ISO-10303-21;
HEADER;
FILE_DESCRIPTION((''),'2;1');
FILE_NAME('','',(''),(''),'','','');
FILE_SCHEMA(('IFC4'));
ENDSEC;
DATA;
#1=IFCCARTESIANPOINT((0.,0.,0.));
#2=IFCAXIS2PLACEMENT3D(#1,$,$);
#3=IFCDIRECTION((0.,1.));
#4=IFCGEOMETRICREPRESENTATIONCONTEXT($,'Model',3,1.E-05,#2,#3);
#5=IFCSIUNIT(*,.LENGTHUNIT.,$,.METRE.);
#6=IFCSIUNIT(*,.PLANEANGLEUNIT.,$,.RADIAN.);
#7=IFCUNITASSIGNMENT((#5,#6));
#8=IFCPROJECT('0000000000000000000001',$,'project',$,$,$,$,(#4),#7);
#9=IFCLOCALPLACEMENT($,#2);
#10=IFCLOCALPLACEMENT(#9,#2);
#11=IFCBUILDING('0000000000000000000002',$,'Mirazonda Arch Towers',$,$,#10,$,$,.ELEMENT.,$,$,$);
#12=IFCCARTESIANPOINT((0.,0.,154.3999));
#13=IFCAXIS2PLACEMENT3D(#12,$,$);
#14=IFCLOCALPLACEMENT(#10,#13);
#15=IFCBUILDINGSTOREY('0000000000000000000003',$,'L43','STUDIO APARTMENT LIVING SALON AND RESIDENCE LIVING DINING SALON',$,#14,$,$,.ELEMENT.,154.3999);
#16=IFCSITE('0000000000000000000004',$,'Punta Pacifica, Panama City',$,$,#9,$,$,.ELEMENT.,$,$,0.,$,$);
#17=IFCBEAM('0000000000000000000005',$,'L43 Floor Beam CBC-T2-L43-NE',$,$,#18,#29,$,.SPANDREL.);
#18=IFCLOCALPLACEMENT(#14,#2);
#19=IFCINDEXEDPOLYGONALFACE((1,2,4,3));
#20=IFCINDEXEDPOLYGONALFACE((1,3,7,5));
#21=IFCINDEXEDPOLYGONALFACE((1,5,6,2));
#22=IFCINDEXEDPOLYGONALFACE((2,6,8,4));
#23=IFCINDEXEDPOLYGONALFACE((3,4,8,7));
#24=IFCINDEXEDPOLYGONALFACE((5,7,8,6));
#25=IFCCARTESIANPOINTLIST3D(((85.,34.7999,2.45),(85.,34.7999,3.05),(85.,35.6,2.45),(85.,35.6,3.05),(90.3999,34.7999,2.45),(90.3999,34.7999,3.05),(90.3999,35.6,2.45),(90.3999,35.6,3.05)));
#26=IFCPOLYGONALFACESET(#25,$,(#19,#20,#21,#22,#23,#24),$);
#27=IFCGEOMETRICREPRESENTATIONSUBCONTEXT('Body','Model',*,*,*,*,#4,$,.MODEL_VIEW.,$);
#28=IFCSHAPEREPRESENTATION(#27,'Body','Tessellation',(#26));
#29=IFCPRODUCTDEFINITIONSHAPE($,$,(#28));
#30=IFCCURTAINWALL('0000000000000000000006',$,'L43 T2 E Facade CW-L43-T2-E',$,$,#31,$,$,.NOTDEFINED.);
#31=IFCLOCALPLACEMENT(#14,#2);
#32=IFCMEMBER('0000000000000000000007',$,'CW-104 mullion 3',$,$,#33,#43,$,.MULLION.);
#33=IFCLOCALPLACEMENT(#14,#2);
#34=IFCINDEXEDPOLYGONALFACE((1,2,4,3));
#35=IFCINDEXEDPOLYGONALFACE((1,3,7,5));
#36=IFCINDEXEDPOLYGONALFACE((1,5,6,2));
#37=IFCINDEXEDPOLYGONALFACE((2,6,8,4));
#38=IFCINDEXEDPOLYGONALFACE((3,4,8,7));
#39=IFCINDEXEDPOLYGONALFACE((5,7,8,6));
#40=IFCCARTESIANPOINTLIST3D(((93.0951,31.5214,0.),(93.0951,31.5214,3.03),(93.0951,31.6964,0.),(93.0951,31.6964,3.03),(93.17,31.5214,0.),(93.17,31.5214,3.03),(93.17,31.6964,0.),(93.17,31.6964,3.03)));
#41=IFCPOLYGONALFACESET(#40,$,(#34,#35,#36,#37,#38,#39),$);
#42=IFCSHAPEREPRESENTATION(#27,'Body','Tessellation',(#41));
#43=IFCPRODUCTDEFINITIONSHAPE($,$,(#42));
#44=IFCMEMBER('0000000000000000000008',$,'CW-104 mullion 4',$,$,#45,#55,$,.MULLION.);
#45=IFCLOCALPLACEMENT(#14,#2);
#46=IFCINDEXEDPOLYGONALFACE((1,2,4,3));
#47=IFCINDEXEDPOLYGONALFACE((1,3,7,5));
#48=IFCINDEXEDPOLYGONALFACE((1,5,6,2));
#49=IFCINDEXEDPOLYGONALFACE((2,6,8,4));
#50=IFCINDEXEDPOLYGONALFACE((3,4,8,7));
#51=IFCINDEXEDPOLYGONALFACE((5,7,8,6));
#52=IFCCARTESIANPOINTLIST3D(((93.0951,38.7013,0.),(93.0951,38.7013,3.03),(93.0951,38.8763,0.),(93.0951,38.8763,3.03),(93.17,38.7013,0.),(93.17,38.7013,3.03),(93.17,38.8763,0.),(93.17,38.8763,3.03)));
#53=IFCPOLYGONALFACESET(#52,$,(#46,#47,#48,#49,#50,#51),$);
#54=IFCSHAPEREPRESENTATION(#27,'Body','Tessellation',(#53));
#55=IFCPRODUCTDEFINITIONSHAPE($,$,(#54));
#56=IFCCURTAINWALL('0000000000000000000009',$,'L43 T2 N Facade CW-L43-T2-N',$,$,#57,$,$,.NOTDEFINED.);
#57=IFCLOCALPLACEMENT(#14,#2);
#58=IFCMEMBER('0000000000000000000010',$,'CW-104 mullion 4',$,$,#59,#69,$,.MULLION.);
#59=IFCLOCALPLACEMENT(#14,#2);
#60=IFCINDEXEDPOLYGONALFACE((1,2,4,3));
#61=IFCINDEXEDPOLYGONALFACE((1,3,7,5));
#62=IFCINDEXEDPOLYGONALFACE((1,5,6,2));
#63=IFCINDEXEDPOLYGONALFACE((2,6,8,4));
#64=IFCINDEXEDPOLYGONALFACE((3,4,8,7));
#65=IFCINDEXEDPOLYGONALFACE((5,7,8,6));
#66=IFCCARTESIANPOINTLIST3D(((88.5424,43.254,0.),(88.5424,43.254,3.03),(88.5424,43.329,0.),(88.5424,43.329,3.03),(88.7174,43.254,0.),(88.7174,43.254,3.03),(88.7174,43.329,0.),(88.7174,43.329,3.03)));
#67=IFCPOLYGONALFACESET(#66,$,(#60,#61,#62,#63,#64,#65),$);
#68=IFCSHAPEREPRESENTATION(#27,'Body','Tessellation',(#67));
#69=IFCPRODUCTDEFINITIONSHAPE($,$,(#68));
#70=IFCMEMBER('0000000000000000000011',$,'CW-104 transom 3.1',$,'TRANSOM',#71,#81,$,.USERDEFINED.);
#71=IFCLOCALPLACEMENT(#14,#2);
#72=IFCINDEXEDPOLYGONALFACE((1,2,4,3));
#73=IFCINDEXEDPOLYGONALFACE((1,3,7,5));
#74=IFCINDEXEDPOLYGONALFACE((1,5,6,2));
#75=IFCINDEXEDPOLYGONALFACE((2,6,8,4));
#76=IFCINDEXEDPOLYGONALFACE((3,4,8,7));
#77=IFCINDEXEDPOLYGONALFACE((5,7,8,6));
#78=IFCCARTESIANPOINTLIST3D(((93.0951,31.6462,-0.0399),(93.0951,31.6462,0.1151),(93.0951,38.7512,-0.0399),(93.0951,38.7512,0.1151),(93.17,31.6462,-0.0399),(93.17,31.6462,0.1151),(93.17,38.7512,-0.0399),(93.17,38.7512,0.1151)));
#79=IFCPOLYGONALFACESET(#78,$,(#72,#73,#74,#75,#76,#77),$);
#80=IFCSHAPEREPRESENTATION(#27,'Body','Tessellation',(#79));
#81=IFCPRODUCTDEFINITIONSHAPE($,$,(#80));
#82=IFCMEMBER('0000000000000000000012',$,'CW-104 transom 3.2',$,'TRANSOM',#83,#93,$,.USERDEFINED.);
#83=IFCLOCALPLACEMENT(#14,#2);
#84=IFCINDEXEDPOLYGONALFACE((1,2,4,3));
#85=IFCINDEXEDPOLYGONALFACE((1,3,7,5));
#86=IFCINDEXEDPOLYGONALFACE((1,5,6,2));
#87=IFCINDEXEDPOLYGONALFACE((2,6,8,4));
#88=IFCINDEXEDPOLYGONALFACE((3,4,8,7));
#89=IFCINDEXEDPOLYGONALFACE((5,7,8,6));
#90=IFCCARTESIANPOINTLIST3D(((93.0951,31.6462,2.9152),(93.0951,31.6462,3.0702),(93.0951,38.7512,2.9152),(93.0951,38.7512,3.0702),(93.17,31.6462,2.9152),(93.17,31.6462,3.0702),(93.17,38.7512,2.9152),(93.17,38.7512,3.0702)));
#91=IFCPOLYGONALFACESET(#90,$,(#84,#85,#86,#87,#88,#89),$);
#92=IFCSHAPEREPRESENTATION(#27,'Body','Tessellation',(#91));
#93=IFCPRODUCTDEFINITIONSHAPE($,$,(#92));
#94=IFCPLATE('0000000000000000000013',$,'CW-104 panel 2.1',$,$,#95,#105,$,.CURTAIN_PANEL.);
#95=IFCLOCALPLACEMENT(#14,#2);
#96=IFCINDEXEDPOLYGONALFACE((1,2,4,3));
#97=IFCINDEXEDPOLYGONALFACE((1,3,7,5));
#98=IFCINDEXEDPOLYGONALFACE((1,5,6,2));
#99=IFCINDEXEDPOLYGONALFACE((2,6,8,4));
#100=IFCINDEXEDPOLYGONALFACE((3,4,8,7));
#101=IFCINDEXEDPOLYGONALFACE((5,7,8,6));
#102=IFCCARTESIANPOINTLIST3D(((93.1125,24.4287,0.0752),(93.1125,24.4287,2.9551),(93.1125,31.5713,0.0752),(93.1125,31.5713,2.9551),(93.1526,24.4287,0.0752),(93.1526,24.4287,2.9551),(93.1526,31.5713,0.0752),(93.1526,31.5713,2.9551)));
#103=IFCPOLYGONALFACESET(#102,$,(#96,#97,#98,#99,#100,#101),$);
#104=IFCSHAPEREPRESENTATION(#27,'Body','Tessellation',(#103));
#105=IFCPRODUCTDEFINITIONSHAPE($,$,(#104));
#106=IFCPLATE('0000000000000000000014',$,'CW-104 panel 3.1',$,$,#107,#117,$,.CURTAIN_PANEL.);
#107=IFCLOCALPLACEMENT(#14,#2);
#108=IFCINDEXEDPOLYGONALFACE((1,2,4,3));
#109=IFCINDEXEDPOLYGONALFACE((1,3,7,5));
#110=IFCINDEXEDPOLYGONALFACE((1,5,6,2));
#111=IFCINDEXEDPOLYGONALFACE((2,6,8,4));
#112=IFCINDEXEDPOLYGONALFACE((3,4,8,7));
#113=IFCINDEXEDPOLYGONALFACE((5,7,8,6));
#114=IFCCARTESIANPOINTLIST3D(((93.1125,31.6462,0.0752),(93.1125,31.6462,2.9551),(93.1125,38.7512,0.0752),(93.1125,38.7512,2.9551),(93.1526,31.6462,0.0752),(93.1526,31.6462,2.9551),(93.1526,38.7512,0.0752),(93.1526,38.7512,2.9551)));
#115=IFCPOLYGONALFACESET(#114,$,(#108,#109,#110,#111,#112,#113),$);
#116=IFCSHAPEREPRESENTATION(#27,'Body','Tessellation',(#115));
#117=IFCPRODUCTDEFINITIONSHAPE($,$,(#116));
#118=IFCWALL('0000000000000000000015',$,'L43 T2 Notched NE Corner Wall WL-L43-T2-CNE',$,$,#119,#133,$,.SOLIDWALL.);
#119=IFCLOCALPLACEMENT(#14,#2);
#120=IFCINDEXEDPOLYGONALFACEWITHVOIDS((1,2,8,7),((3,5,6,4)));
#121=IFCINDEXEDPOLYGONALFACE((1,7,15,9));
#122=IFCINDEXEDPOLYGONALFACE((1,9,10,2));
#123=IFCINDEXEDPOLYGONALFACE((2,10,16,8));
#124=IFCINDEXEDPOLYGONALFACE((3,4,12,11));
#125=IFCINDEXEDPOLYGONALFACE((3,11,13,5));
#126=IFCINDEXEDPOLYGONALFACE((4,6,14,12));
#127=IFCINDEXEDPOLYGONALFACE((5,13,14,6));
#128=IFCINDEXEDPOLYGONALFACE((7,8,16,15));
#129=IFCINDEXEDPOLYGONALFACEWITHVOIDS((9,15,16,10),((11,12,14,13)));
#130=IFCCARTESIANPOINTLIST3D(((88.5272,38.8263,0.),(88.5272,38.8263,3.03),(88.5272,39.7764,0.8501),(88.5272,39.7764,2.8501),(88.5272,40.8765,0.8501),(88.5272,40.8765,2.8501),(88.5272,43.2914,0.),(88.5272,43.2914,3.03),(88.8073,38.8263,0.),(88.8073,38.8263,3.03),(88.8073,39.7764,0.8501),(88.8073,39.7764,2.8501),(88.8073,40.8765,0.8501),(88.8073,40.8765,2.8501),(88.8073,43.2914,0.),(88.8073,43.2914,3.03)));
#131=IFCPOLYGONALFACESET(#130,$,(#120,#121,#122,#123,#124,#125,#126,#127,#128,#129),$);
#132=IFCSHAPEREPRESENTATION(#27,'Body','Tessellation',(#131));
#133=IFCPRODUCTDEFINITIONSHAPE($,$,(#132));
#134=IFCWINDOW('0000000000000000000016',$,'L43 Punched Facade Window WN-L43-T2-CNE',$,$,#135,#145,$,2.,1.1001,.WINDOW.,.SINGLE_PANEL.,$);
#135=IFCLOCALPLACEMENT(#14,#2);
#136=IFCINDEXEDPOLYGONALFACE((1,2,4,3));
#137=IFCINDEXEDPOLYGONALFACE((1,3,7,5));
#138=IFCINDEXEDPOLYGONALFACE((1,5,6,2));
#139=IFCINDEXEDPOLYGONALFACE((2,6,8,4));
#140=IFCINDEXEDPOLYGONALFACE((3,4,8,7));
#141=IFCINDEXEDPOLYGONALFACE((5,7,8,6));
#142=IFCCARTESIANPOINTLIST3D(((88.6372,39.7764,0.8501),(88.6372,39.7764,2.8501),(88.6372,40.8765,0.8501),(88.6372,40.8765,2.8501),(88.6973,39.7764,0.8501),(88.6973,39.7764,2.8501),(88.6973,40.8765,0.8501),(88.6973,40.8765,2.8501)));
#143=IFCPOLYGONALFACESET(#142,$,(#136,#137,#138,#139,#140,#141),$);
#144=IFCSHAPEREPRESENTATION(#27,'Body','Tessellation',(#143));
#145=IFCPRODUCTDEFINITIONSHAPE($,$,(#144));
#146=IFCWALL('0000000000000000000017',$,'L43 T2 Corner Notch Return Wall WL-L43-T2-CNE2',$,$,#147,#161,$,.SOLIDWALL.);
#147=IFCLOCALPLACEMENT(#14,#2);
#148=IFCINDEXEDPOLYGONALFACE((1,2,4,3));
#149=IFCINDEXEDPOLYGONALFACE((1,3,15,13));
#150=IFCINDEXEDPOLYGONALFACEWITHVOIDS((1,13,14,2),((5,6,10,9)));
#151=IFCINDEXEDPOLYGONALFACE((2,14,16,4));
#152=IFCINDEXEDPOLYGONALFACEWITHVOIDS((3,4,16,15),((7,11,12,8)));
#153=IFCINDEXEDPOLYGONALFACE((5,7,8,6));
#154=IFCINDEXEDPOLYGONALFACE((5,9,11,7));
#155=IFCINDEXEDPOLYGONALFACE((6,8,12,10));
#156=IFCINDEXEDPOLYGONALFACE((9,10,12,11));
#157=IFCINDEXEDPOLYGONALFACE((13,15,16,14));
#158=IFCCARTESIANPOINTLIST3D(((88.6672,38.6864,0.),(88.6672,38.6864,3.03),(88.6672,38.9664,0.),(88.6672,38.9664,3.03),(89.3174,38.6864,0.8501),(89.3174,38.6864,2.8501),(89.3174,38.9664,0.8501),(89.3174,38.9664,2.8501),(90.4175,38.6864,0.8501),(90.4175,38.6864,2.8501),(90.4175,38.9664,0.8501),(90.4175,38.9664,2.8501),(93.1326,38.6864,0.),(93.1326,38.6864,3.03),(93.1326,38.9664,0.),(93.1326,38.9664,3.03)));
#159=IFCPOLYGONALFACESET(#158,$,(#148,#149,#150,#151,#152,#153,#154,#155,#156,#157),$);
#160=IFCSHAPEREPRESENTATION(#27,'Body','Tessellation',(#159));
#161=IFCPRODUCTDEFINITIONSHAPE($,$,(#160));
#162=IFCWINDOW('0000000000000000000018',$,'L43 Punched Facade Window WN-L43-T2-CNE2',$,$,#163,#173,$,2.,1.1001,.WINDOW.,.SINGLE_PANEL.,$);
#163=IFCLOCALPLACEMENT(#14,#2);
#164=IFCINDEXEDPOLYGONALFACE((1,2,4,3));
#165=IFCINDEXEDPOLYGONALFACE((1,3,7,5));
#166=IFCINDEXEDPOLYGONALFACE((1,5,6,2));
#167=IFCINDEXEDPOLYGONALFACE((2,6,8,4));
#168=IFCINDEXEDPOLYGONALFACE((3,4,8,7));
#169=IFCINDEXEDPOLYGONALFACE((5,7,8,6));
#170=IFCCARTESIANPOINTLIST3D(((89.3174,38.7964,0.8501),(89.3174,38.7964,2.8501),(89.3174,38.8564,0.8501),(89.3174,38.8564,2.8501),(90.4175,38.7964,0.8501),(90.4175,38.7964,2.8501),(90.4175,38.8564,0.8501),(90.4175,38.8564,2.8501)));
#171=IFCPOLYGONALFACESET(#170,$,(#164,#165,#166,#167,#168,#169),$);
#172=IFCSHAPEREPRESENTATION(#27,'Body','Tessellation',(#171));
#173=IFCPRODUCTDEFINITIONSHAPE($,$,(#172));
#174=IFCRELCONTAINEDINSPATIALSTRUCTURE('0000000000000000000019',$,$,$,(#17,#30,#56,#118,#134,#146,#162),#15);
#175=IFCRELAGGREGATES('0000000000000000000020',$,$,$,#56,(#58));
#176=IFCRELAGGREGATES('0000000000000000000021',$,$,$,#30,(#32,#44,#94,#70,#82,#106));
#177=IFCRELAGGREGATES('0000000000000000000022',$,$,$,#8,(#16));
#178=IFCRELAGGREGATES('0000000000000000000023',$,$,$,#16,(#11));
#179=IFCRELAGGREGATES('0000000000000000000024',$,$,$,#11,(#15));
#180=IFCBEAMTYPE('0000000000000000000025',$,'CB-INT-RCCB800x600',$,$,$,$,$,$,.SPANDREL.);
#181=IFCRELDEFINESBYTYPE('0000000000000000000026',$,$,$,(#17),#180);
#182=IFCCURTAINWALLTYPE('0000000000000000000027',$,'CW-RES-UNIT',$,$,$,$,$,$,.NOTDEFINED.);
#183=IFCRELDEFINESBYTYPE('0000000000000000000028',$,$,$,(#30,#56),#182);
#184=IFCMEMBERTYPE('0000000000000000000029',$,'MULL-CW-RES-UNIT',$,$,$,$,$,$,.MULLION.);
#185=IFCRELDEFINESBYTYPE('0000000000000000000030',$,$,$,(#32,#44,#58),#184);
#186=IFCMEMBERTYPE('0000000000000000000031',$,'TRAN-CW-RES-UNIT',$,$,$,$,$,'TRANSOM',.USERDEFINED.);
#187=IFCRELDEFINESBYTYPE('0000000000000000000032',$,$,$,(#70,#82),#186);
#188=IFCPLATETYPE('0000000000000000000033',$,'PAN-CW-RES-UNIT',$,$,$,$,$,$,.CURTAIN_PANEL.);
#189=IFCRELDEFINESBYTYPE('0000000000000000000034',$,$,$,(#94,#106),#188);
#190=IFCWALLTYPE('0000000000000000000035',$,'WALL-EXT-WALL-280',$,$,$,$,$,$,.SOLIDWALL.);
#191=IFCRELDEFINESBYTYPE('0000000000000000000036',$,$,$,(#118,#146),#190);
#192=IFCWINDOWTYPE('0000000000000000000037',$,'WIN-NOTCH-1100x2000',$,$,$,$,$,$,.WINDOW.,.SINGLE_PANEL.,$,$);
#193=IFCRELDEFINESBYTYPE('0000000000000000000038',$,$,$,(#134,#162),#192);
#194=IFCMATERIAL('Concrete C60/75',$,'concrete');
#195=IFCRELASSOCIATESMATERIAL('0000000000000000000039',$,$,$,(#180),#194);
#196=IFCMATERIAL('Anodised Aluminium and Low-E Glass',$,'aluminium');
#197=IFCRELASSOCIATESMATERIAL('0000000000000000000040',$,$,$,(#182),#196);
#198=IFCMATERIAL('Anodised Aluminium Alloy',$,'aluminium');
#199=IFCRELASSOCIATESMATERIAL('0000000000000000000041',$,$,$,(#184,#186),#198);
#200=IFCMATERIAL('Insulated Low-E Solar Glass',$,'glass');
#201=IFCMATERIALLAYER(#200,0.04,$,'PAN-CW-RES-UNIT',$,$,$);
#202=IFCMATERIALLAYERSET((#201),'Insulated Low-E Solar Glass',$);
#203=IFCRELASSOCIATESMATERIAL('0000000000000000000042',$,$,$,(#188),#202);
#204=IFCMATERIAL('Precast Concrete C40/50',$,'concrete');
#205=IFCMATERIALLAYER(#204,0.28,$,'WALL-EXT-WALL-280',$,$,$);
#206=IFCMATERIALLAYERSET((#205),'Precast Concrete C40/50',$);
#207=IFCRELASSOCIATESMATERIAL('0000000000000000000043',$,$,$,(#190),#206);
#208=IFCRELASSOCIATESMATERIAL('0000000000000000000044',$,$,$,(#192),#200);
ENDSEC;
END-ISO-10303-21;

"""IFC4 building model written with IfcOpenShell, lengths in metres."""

from ifc_helpers import new_model, si_unit, direction, frame, frame_2d, origin, origin_2d, place, context, subcontext, project, spatial, rectangle, extrude, material, layer, layer_set, material_profile, profile_set, type_object, element, fill, aggregate, save


model = new_model("IFC4")

# Units and contexts
model_context = context("Model", 3, precision=1e-05, world=origin(), true_north=direction((0.0, 1.0)))
body_context = subcontext(model_context, "Body", "Model", "MODEL_VIEW")
ifc_project = project(units=[si_unit("LENGTHUNIT", "METRE"), si_unit("PLANEANGLEUNIT", "RADIAN")], contexts=[model_context])

# Site, building, storey
site_placement = place(None, origin())
site = spatial("IfcSite", under=ifc_project, at=site_placement, Name="Punta Pacifica, Panama City", CompositionType="ELEMENT", RefElevation=0.0)
building_placement = place(site_placement, origin())
building = spatial("IfcBuilding", under=site, at=building_placement, Name="Mirazonda Arch Towers", CompositionType="ELEMENT")
storey_placement = place(building_placement, frame((0.0, 0.0, 154.3999)))
storey = spatial("IfcBuildingStorey", under=building, at=storey_placement, Name="L43", Description="STUDIO APARTMENT LIVING SALON AND RESIDENCE LIVING DINING SALON", CompositionType="ELEMENT", Elevation=154.3999)

# Beam
ifc_material_1 = material(Name="Concrete C60/75", Category="concrete")
ifc_material_profile_1 = material_profile(ifc_material_1, rectangle(XDim=0.8, YDim=0.6001, at=origin_2d()), Name="RCCB800x600")
ifc_profile_set_1 = profile_set([ifc_material_profile_1], Name="Concrete C60/75")
beam_type_1 = type_object("IfcBeamType", Name="CB-INT-RCCB800x600", PredefinedType="SPANDREL", material=ifc_profile_set_1)
beam_1_placement = place(storey_placement, frame((85.0, 35.2, 2.75), z_axis=(1.0, 0.0, 0.0), x_axis=(0.0, 1.0, 0.0)))
element("IfcBeam", 1, at=beam_1_placement, inside=storey, type_object=beam_type_1, Name="L43 Floor Beam CBC-T2-L43-NE", PredefinedType="SPANDREL", context=body_context, shape_type="SweptSolid", body=[
    extrude(rectangle(XDim=0.8, YDim=0.6001, at=origin_2d()), origin(), (0.0, 0.0, 1.0), 5.3999),
])

# Curtain wall, members
ifc_material_2 = material(Name="Anodised Aluminium and Low-E Glass", Category="aluminium")
curtain_wall_type = type_object("IfcCurtainWallType", Name="CW-RES-UNIT", PredefinedType="NOTDEFINED", material=ifc_material_2)
curtain_wall_1_placement = place(storey_placement, origin())
curtain_wall_1 = element("IfcCurtainWall", 2, at=curtain_wall_1_placement, inside=storey, type_object=curtain_wall_type, Name="L43 T2 E Facade CW-L43-T2-E", PredefinedType="NOTDEFINED")
ifc_material_3 = material(Name="Anodised Aluminium Alloy", Category="aluminium")
ifc_material_profile_2 = material_profile(ifc_material_3, rectangle(XDim=0.075, YDim=0.175, at=origin_2d()), Name="ALU-MULL-75x175")
ifc_profile_set_2 = profile_set([ifc_material_profile_2], Name="Anodised Aluminium Alloy")
member_type_1 = type_object("IfcMemberType", Name="MULL-CW-RES-UNIT", PredefinedType="MULLION", material=ifc_profile_set_2)
member_1_placement = place(storey_placement, frame((93.1326, 31.6089, 0.0), z_axis=(0.0, 0.0, 1.0), x_axis=(-1.0, 0.0, 0.0)))
member_1 = element("IfcMember", 3, at=member_1_placement, type_object=member_type_1, Name="CW-104 mullion 3", PredefinedType="MULLION", context=body_context, shape_type="SweptSolid", body=[
    extrude(rectangle(XDim=0.075, YDim=0.175, at=origin_2d()), origin(), (0.0, 0.0, 1.0), 3.03),
])
member_2_placement = place(storey_placement, frame((93.1326, 38.7888, 0.0), z_axis=(0.0, 0.0, 1.0), x_axis=(-1.0, 0.0, 0.0)))
member_2 = element("IfcMember", 4, at=member_2_placement, type_object=member_type_1, Name="CW-104 mullion 4", PredefinedType="MULLION", context=body_context, shape_type="SweptSolid", body=[
    extrude(rectangle(XDim=0.075, YDim=0.175, at=origin_2d()), origin(), (0.0, 0.0, 1.0), 3.03),
])

# Curtain wall, member
curtain_wall_2_placement = place(storey_placement, origin())
curtain_wall_2 = element("IfcCurtainWall", 5, at=curtain_wall_2_placement, inside=storey, type_object=curtain_wall_type, Name="L43 T2 N Facade CW-L43-T2-N", PredefinedType="NOTDEFINED")
member_3_placement = place(storey_placement, frame((88.6299, 43.2915, 0.0), z_axis=(0.0, 0.0, 1.0), x_axis=(0.0, 1.0, 0.0)))
member_3 = element("IfcMember", 6, at=member_3_placement, type_object=member_type_1, Name="CW-104 mullion 4", PredefinedType="MULLION", context=body_context, shape_type="SweptSolid", body=[
    extrude(rectangle(XDim=0.075, YDim=0.175, at=origin_2d()), origin(), (0.0, 0.0, 1.0), 3.03),
])
aggregate(curtain_wall_2, [member_3])

# Members
ifc_material_profile_3 = material_profile(ifc_material_3, rectangle(XDim=0.075, YDim=0.155, at=origin_2d()), Name="ALU-TRAN-75x155")
ifc_profile_set_3 = profile_set([ifc_material_profile_3], Name="Anodised Aluminium Alloy")
member_type_2 = type_object("IfcMemberType", Name="TRAN-CW-RES-UNIT", ElementType="TRANSOM", PredefinedType="USERDEFINED", material=ifc_profile_set_3)
member_4_placement = place(storey_placement, frame((93.1326, 31.6462, 0.0376), z_axis=(0.0, 1.0, 0.0), x_axis=(-1.0, 0.0, 0.0)))
member_4 = element("IfcMember", 7, at=member_4_placement, type_object=member_type_2, Name="CW-104 transom 3.1", ObjectType="TRANSOM", PredefinedType="USERDEFINED", context=body_context, shape_type="SweptSolid", body=[
    extrude(rectangle(XDim=0.075, YDim=0.155, at=origin_2d()), origin(), (0.0, 0.0, 1.0), 7.105),
])
member_5_placement = place(storey_placement, frame((93.1326, 31.6462, 2.9927), z_axis=(0.0, 1.0, 0.0), x_axis=(-1.0, 0.0, 0.0)))
member_5 = element("IfcMember", 8, at=member_5_placement, type_object=member_type_2, Name="CW-104 transom 3.2", ObjectType="TRANSOM", PredefinedType="USERDEFINED", context=body_context, shape_type="SweptSolid", body=[
    extrude(rectangle(XDim=0.075, YDim=0.155, at=origin_2d()), origin(), (0.0, 0.0, 1.0), 7.105),
])

# Plates
ifc_material_4 = material(Name="Insulated Low-E Solar Glass", Category="glass")
ifc_layer_1 = layer(ifc_material_4, 0.04, Name="PAN-CW-RES-UNIT")
ifc_layer_set_1 = layer_set([ifc_layer_1], Name="Insulated Low-E Solar Glass")
plate_type = type_object("IfcPlateType", Name="PAN-CW-RES-UNIT", PredefinedType="CURTAIN_PANEL", material=ifc_layer_set_1)
plate_1_placement = place(storey_placement, frame((93.1326, 28.0, 0.0752), z_axis=(0.0, 0.0, 1.0), x_axis=(0.0, 1.0, 0.0)))
plate_1 = element("IfcPlate", 9, at=plate_1_placement, type_object=plate_type, Name="CW-104 panel 2.1", PredefinedType="CURTAIN_PANEL", context=body_context, shape_type="SweptSolid", body=[
    extrude(rectangle(XDim=7.1426, YDim=0.04, at=origin_2d()), origin(), (0.0, 0.0, 1.0), 2.8799),
])
plate_2_placement = place(storey_placement, frame((93.1326, 35.1987, 0.0752), z_axis=(0.0, 0.0, 1.0), x_axis=(0.0, 1.0, 0.0)))
plate_2 = element("IfcPlate", 10, at=plate_2_placement, type_object=plate_type, Name="CW-104 panel 3.1", PredefinedType="CURTAIN_PANEL", context=body_context, shape_type="SweptSolid", body=[
    extrude(rectangle(XDim=7.105, YDim=0.04, at=origin_2d()), origin(), (0.0, 0.0, 1.0), 2.8799),
])
aggregate(curtain_wall_1, [member_1, member_2, plate_1, member_4, member_5, plate_2])

# Walls, openings, windows
ifc_material_5 = material(Name="Precast Concrete C40/50", Category="concrete")
ifc_layer_2 = layer(ifc_material_5, 0.28, Name="WALL-EXT-WALL-280")
ifc_layer_set_2 = layer_set([ifc_layer_2], Name="Precast Concrete C40/50")
wall_type_1 = type_object("IfcWallType", Name="WALL-EXT-WALL-280", PredefinedType="SOLIDWALL", material=ifc_layer_set_2)
wall_1_placement = place(storey_placement, frame((88.6672, 38.8264, 0.0), z_axis=(0.0, 0.0, 1.0), x_axis=(0.0, 1.0, 0.0)))
wall_1 = element("IfcWall", 11, at=wall_1_placement, inside=storey, type_object=wall_type_1, Name="L43 T2 Notched NE Corner Wall WL-L43-T2-CNE", PredefinedType="SOLIDWALL", context=body_context, shape_type="SweptSolid", body=[
    extrude(rectangle(XDim=4.4651, YDim=0.28, at=frame_2d((2.2324, 0.0))), origin(), (0.0, 0.0, 1.0), 3.03),
])
opening_1_placement = place(wall_1_placement, frame((0.95, 0.0, 0.8501)))
opening_1 = element("IfcOpeningElement", 12, at=opening_1_placement, cuts=wall_1, PredefinedType="OPENING", context=body_context, shape_type="SweptSolid", body=[
    extrude(rectangle(XDim=1.1001, YDim=2.0, at=frame_2d((0.55, 1.0))), frame((0.0, 0.1499, 0.0), z_axis=(0.0, -1.0, 0.0), x_axis=(1.0, 0.0, 0.0)), (0.0, 0.0, 1.0), 0.3),
])
window_type = type_object("IfcWindowType", Name="WIN-NOTCH-1100x2000", PartitioningType="SINGLE_PANEL", PredefinedType="WINDOW", material=ifc_material_4)
window_1_placement = place(opening_1_placement, origin())
window_1 = element("IfcWindow", 13, at=window_1_placement, inside=storey, type_object=window_type, Name="L43 Punched Facade Window WN-L43-T2-CNE", OverallHeight=2.0, OverallWidth=1.1001, PartitioningType="SINGLE_PANEL", PredefinedType="WINDOW", context=body_context, shape_type="SweptSolid", body=[
    extrude(rectangle(XDim=1.1001, YDim=2.0, at=frame_2d((0.55, 1.0))), frame((0.0, 0.03, 0.0), z_axis=(0.0, -1.0, 0.0), x_axis=(1.0, 0.0, 0.0)), (0.0, 0.0, 1.0), 0.0601),
])
fill(opening_1, window_1)
wall_2_placement = place(storey_placement, frame((93.1326, 38.8264, 0.0), z_axis=(0.0, 0.0, 1.0), x_axis=(-1.0, 0.0, 0.0)))
wall_2 = element("IfcWall", 14, at=wall_2_placement, inside=storey, type_object=wall_type_1, Name="L43 T2 Corner Notch Return Wall WL-L43-T2-CNE2", PredefinedType="SOLIDWALL", context=body_context, shape_type="SweptSolid", body=[
    extrude(rectangle(XDim=4.4653, YDim=0.28, at=frame_2d((2.2327, 0.0))), origin(), (0.0, 0.0, 1.0), 3.03),
])
opening_2_placement = place(wall_2_placement, frame((2.7151, 0.0, 0.8501)))
opening_2 = element("IfcOpeningElement", 15, at=opening_2_placement, cuts=wall_2, PredefinedType="OPENING", context=body_context, shape_type="SweptSolid", body=[
    extrude(rectangle(XDim=1.1001, YDim=2.0, at=frame_2d((0.55, 1.0))), frame((0.0, 0.1499, 0.0), z_axis=(0.0, -1.0, 0.0), x_axis=(1.0, 0.0, 0.0)), (0.0, 0.0, 1.0), 0.3),
])
window_2_placement = place(opening_2_placement, origin())
window_2 = element("IfcWindow", 16, at=window_2_placement, inside=storey, type_object=window_type, Name="L43 Punched Facade Window WN-L43-T2-CNE2", OverallHeight=2.0, OverallWidth=1.1001, PartitioningType="SINGLE_PANEL", PredefinedType="WINDOW", context=body_context, shape_type="SweptSolid", body=[
    extrude(rectangle(XDim=1.1001, YDim=2.0, at=frame_2d((0.55, 1.0))), frame((0.0, 0.03, 0.0), z_axis=(0.0, -1.0, 0.0), x_axis=(1.0, 0.0, 0.0)), (0.0, 0.0, 1.0), 0.0601),
])
fill(opening_2, window_2)

save(model, "model.ifc")
